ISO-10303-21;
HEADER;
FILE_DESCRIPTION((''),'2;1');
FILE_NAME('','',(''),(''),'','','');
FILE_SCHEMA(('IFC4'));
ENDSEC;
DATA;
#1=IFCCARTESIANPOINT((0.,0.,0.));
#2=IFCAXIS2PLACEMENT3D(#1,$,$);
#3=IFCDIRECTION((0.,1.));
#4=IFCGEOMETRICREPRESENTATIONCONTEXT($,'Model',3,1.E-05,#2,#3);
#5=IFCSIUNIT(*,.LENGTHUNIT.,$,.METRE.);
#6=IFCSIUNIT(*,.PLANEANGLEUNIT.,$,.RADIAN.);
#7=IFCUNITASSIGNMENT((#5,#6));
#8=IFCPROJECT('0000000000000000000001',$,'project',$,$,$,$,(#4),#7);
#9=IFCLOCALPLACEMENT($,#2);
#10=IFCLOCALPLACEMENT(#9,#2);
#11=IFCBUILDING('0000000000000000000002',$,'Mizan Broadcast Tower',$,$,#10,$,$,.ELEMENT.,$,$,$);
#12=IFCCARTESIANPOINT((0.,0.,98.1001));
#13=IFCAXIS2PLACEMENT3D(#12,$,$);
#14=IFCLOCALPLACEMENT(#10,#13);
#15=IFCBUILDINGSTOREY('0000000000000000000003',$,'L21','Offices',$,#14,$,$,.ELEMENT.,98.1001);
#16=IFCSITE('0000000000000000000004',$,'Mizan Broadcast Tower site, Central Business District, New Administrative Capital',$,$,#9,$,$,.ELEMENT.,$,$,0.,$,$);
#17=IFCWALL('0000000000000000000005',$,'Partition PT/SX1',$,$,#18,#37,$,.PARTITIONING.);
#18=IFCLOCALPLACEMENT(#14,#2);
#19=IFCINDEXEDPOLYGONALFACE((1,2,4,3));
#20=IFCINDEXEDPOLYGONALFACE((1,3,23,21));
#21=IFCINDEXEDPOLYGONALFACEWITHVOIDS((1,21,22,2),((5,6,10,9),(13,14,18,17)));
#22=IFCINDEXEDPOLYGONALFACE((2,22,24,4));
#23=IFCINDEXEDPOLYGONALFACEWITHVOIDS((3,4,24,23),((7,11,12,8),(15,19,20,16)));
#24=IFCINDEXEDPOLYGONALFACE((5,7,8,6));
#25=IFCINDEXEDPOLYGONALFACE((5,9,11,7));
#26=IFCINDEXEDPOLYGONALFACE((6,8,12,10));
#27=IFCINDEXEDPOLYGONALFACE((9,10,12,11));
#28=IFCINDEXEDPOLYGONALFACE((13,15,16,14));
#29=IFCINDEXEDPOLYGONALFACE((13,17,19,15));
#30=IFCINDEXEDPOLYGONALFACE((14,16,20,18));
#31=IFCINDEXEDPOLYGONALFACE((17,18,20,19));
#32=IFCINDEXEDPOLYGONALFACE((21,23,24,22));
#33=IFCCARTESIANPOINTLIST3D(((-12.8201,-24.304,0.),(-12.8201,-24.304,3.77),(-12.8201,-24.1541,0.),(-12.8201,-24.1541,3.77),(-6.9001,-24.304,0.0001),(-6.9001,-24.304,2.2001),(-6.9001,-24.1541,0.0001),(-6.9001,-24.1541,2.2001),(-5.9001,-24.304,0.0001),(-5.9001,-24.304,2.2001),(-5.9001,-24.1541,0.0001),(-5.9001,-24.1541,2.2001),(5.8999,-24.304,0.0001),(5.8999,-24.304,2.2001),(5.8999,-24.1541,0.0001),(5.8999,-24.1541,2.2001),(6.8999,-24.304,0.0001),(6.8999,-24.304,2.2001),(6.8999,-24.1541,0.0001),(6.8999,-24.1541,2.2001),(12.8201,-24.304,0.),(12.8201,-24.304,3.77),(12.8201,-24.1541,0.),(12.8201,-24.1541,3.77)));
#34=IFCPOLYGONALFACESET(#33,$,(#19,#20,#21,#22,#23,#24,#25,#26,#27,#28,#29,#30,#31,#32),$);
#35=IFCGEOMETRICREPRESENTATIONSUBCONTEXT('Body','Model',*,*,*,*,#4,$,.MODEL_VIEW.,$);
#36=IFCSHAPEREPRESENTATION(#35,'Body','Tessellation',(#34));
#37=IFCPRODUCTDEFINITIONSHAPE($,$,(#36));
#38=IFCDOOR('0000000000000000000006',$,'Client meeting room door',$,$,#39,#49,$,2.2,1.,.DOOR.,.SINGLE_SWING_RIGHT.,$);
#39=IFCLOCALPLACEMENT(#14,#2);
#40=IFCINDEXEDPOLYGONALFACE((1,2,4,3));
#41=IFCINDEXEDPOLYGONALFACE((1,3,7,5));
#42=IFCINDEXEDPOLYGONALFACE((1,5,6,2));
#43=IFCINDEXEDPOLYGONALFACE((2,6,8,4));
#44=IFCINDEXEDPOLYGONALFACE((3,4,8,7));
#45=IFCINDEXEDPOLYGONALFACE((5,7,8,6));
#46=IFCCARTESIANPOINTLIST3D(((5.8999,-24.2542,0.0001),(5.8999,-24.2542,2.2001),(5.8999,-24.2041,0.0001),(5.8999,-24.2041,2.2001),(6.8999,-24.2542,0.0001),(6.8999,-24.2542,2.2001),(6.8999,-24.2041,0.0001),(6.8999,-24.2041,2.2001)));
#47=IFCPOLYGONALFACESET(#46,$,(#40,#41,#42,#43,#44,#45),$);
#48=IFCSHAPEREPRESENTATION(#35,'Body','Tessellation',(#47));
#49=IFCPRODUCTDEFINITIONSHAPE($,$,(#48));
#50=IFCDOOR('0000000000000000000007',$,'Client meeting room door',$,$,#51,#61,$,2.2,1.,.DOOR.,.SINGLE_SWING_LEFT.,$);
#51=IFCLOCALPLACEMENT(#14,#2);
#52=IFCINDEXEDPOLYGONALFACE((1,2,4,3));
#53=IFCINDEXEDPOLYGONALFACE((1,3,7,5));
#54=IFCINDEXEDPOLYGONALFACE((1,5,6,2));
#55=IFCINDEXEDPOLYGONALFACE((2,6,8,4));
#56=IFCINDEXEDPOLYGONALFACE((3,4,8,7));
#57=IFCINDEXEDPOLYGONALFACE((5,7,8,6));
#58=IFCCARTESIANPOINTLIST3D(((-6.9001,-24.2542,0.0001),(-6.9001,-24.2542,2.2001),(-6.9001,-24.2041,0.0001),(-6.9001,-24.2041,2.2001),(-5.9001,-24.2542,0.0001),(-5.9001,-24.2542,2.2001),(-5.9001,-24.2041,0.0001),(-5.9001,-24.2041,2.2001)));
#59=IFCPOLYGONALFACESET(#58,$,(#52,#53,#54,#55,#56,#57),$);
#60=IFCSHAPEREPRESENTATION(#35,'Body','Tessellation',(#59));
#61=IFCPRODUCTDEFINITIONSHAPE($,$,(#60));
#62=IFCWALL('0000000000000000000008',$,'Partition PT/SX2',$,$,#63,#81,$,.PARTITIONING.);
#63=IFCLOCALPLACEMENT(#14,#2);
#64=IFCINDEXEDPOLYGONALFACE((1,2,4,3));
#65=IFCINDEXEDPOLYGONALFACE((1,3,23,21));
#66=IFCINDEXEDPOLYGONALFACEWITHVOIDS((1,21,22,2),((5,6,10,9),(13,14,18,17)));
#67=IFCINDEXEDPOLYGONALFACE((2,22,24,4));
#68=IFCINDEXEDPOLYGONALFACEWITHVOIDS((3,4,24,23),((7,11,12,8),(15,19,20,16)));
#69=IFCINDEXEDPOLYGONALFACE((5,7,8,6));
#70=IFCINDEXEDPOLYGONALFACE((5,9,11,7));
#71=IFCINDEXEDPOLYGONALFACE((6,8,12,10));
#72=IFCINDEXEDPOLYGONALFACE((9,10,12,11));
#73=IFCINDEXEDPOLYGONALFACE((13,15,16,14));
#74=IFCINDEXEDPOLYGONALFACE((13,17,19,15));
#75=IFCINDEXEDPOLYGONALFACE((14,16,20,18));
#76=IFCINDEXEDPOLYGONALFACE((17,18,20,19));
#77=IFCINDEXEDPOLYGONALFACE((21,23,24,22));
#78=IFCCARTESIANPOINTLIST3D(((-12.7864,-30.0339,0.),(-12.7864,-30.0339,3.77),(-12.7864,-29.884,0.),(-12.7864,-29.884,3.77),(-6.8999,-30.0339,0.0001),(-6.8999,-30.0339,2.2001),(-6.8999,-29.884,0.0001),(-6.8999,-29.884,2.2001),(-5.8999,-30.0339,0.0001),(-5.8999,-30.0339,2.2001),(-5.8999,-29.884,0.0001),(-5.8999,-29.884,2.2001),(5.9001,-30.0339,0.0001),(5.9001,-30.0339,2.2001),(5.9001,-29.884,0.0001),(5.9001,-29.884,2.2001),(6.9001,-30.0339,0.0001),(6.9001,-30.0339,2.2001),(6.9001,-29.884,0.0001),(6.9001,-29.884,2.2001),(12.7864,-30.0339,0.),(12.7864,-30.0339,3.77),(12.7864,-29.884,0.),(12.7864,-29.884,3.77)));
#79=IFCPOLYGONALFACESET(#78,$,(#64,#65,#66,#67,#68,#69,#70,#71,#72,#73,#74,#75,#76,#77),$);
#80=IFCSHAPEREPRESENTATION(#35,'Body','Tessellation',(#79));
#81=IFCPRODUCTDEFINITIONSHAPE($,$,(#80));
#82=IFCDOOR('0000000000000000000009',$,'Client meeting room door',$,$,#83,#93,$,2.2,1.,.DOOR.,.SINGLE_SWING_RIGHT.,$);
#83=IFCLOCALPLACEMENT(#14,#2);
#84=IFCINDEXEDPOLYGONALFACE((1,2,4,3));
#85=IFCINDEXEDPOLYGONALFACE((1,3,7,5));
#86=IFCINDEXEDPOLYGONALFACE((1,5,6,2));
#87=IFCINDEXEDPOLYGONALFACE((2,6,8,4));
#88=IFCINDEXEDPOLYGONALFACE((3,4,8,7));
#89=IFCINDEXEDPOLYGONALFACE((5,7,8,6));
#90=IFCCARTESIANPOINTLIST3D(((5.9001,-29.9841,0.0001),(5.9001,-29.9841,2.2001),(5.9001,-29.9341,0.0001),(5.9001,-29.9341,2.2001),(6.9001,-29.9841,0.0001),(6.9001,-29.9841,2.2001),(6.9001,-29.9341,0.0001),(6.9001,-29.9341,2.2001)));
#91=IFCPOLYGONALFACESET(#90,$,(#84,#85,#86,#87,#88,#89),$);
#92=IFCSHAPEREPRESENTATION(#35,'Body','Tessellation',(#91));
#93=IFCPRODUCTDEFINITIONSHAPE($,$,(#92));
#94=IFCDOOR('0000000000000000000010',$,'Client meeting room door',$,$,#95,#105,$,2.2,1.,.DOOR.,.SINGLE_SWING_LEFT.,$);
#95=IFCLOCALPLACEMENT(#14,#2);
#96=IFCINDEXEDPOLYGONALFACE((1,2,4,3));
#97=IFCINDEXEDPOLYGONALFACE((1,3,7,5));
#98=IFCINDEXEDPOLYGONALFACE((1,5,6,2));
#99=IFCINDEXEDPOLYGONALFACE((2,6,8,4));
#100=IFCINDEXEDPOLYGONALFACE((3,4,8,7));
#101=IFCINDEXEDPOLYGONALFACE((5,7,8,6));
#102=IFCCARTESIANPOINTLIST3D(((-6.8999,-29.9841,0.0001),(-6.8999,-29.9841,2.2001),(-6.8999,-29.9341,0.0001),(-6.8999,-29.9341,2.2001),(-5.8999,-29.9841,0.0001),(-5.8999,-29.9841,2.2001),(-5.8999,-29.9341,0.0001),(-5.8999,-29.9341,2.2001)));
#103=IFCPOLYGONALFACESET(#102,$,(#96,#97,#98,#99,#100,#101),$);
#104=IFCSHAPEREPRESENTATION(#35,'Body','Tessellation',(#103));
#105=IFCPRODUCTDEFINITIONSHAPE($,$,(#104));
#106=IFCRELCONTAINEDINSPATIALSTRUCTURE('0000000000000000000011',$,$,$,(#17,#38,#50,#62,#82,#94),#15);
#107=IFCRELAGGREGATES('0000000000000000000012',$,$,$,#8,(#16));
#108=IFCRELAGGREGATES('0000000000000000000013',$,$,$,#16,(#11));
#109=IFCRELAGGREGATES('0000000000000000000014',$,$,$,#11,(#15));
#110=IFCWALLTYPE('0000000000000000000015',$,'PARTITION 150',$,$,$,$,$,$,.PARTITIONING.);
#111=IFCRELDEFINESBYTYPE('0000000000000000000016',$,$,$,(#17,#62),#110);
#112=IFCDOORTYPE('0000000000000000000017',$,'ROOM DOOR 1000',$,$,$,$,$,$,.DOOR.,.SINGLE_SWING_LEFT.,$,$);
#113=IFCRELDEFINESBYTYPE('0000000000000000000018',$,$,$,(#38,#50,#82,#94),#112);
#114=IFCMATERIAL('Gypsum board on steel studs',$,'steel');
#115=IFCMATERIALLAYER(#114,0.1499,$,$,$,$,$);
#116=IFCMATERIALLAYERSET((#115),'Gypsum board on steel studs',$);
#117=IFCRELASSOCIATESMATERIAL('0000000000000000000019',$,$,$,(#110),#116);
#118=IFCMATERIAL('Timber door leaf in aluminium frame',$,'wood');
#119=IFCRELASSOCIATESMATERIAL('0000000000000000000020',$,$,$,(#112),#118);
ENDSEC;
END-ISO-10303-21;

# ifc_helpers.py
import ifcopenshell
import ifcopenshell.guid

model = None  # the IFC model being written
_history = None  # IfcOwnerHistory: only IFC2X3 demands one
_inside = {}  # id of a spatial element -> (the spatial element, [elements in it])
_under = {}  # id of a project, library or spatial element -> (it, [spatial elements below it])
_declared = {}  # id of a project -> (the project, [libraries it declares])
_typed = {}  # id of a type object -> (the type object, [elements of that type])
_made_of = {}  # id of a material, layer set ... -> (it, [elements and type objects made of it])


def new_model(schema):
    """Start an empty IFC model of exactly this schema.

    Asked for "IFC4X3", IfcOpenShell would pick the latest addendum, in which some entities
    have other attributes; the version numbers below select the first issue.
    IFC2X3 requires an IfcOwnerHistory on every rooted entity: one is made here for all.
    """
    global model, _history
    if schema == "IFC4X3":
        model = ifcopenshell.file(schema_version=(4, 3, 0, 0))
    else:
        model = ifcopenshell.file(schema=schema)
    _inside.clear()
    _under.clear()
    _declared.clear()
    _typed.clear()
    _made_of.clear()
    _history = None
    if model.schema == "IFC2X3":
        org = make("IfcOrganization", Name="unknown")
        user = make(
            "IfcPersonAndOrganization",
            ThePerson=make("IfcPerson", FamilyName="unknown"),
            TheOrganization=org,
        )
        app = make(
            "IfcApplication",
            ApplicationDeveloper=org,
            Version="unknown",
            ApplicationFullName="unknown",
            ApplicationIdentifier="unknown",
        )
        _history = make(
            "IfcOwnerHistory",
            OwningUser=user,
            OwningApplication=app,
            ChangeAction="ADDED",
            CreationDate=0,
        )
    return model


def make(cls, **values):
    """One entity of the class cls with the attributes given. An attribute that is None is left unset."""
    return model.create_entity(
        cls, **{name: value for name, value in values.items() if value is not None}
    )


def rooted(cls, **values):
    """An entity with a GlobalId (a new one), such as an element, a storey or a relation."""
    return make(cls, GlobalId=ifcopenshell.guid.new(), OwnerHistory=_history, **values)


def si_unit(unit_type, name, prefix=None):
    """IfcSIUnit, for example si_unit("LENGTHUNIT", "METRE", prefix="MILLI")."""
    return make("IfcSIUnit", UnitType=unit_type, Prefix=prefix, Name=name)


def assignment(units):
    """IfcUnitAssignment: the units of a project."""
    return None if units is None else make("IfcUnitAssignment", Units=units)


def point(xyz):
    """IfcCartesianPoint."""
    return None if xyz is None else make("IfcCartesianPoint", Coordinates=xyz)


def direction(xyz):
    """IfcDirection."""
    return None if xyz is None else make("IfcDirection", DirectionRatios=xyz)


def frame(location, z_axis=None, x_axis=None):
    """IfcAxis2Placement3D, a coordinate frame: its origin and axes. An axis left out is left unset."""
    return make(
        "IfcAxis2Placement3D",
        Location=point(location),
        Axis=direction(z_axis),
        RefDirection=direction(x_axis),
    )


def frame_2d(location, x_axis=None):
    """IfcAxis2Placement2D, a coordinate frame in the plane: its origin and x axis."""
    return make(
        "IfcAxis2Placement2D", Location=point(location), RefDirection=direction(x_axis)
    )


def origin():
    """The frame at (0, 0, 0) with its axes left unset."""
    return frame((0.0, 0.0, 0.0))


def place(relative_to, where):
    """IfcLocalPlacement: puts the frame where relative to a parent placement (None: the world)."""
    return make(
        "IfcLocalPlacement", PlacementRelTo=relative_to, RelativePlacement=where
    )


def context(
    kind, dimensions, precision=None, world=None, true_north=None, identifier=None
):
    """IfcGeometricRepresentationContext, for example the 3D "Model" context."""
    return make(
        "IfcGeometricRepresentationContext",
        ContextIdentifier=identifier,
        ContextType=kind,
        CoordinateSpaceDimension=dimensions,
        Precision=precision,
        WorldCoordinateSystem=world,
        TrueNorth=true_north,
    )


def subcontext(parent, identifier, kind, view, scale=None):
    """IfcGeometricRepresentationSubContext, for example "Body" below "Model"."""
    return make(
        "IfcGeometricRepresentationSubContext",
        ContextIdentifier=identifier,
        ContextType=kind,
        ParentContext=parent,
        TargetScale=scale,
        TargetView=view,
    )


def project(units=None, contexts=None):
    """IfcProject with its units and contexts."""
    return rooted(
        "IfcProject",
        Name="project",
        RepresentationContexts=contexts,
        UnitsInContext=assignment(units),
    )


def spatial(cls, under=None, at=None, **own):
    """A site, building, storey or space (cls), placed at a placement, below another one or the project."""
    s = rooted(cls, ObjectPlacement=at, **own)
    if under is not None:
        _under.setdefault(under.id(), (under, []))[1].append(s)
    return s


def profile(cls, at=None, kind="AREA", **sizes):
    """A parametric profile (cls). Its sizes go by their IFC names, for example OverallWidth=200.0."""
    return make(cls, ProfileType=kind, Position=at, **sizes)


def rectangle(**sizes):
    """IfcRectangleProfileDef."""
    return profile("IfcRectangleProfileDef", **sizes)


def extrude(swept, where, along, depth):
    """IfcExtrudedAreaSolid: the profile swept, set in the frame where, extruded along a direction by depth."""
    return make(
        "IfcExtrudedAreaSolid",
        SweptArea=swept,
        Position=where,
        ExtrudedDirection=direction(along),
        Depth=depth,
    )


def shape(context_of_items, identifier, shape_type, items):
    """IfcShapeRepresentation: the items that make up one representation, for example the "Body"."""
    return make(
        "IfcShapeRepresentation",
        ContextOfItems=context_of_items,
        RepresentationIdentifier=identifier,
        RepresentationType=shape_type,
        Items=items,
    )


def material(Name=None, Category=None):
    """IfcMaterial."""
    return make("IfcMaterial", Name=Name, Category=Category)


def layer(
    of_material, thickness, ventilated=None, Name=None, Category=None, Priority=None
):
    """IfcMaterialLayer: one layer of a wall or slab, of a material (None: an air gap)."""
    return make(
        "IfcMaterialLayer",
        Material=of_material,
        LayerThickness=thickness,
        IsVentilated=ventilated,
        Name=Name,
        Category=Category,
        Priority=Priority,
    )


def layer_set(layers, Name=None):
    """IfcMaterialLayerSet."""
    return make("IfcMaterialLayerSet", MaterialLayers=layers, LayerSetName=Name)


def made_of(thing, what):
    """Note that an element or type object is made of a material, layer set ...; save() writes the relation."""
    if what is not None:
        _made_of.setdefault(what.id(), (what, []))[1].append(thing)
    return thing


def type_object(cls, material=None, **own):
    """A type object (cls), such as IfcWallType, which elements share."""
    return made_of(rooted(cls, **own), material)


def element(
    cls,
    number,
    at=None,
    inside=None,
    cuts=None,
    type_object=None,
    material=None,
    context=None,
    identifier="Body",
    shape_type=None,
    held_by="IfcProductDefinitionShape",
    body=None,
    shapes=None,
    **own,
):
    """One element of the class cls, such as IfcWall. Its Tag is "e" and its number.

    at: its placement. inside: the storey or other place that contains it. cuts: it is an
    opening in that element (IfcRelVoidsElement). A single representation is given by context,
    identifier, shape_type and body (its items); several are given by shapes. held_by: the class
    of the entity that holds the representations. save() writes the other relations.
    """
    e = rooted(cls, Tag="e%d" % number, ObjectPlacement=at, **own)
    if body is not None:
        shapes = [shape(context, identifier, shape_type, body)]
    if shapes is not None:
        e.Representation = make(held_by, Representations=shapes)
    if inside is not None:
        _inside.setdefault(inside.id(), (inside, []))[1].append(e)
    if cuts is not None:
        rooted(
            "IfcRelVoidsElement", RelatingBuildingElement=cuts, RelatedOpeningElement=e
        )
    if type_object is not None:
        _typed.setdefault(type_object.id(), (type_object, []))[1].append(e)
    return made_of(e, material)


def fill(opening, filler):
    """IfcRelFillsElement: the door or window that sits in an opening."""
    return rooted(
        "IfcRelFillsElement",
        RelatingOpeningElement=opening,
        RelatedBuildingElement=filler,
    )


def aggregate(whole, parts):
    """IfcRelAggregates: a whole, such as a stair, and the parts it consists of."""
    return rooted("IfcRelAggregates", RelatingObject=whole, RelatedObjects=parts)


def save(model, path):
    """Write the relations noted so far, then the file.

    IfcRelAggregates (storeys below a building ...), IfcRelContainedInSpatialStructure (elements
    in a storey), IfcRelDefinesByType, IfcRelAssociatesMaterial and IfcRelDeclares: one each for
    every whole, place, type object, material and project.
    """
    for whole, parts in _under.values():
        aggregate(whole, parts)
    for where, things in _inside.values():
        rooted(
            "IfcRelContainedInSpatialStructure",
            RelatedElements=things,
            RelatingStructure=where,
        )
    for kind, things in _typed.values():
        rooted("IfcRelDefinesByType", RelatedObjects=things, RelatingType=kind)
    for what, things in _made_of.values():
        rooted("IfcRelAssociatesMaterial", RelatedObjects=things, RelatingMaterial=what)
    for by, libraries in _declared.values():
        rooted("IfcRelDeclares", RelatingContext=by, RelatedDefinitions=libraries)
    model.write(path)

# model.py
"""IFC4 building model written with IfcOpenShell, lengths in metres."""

from ifc_helpers import new_model, si_unit, direction, frame, frame_2d, origin, place, context, subcontext, project, spatial, rectangle, extrude, material, layer, layer_set, type_object, element, fill, save


model = new_model("IFC4")

# Units and contexts
model_context = context("Model", 3, precision=1e-05, world=origin(), true_north=direction((0.0, 1.0)))
body_context = subcontext(model_context, "Body", "Model", "MODEL_VIEW")
ifc_project = project(units=[si_unit("LENGTHUNIT", "METRE"), si_unit("PLANEANGLEUNIT", "RADIAN")], contexts=[model_context])

# Site, building, storey
site_placement = place(None, origin())
site = spatial("IfcSite", under=ifc_project, at=site_placement, Name="Mizan Broadcast Tower site, Central Business District, New Administrative Capital", CompositionType="ELEMENT", RefElevation=0.0)
building_placement = place(site_placement, origin())
building = spatial("IfcBuilding", under=site, at=building_placement, Name="Mizan Broadcast Tower", CompositionType="ELEMENT")
storey_placement = place(building_placement, frame((0.0, 0.0, 98.1001)))
storey = spatial("IfcBuildingStorey", under=building, at=storey_placement, Name="L21", Description="Offices", CompositionType="ELEMENT", Elevation=98.1001)

# Walls, openings, doors
ifc_material_1 = material(Name="Gypsum board on steel studs", Category="steel")
ifc_layer_1 = layer(ifc_material_1, 0.1499)
ifc_layer_set_1 = layer_set([ifc_layer_1], Name="Gypsum board on steel studs")
wall_type = type_object("IfcWallType", Name="PARTITION 150", PredefinedType="PARTITIONING", material=ifc_layer_set_1)
wall_1_placement = place(storey_placement, frame((-12.8201, -24.229, 0.0), z_axis=(0.0, 0.0, 1.0), x_axis=(1.0, 0.0, 0.0)))
wall_1 = element("IfcWall", 1, at=wall_1_placement, inside=storey, type_object=wall_type, Name="Partition PT/SX1", PredefinedType="PARTITIONING", context=body_context, shape_type="SweptSolid", body=[
    extrude(rectangle(XDim=25.6401, YDim=0.1499, at=frame_2d((12.8201, 0.0))), origin(), (0.0, 0.0, 1.0), 3.77),
])
opening_1_placement = place(wall_1_placement, frame((18.72, 0.0, 0.0)))
opening_1 = element("IfcOpeningElement", 2, at=opening_1_placement, cuts=wall_1, PredefinedType="OPENING", context=body_context, shape_type="SweptSolid", body=[
    extrude(rectangle(XDim=1.0, YDim=2.2, at=frame_2d((0.5, 1.1001))), frame((0.0, 0.085, 0.0), z_axis=(0.0, -1.0, 0.0), x_axis=(1.0, 0.0, 0.0)), (0.0, 0.0, 1.0), 0.1699),
])
opening_2_placement = place(wall_1_placement, frame((5.9199, 0.0, 0.0)))
opening_2 = element("IfcOpeningElement", 3, at=opening_2_placement, cuts=wall_1, PredefinedType="OPENING", context=body_context, shape_type="SweptSolid", body=[
    extrude(rectangle(XDim=1.0, YDim=2.2, at=frame_2d((0.5, 1.1001))), frame((0.0, 0.085, 0.0), z_axis=(0.0, -1.0, 0.0), x_axis=(1.0, 0.0, 0.0)), (0.0, 0.0, 1.0), 0.1699),
])
ifc_material_2 = material(Name="Timber door leaf in aluminium frame", Category="wood")
door_type = type_object("IfcDoorType", Name="ROOM DOOR 1000", OperationType="SINGLE_SWING_LEFT", PredefinedType="DOOR", material=ifc_material_2)
door_1_placement = place(opening_1_placement, origin())
door_1 = element("IfcDoor", 4, at=door_1_placement, inside=storey, type_object=door_type, Name="Client meeting room door", OperationType="SINGLE_SWING_RIGHT", OverallHeight=2.2, OverallWidth=1.0, PredefinedType="DOOR", context=body_context, shape_type="SweptSolid", body=[
    extrude(rectangle(XDim=1.0, YDim=2.2, at=frame_2d((0.5, 1.1001))), frame((0.0, 0.0249, 0.0), z_axis=(0.0, -1.0, 0.0), x_axis=(1.0, 0.0, 0.0)), (0.0, 0.0, 1.0), 0.05),
])
fill(opening_1, door_1)
door_2_placement = place(opening_2_placement, origin())
door_2 = element("IfcDoor", 5, at=door_2_placement, inside=storey, type_object=door_type, Name="Client meeting room door", OperationType="SINGLE_SWING_LEFT", OverallHeight=2.2, OverallWidth=1.0, PredefinedType="DOOR", context=body_context, shape_type="SweptSolid", body=[
    extrude(rectangle(XDim=1.0, YDim=2.2, at=frame_2d((0.5, 1.1001))), frame((0.0, 0.0249, 0.0), z_axis=(0.0, -1.0, 0.0), x_axis=(1.0, 0.0, 0.0)), (0.0, 0.0, 1.0), 0.05),
])
fill(opening_2, door_2)
wall_2_placement = place(storey_placement, frame((-12.7864, -29.959, 0.0), z_axis=(0.0, 0.0, 1.0), x_axis=(1.0, 0.0, 0.0)))
wall_2 = element("IfcWall", 6, at=wall_2_placement, inside=storey, type_object=wall_type, Name="Partition PT/SX2", PredefinedType="PARTITIONING", context=body_context, shape_type="SweptSolid", body=[
    extrude(rectangle(XDim=25.5728, YDim=0.1499, at=frame_2d((12.7864, 0.0))), origin(), (0.0, 0.0, 1.0), 3.77),
])
opening_3_placement = place(wall_2_placement, frame((18.6865, 0.0, 0.0)))
opening_3 = element("IfcOpeningElement", 7, at=opening_3_placement, cuts=wall_2, PredefinedType="OPENING", context=body_context, shape_type="SweptSolid", body=[
    extrude(rectangle(XDim=1.0, YDim=2.2, at=frame_2d((0.5, 1.1001))), frame((0.0, 0.085, 0.0), z_axis=(0.0, -1.0, 0.0), x_axis=(1.0, 0.0, 0.0)), (0.0, 0.0, 1.0), 0.1699),
])
opening_4_placement = place(wall_2_placement, frame((5.8865, 0.0, 0.0)))
opening_4 = element("IfcOpeningElement", 8, at=opening_4_placement, cuts=wall_2, PredefinedType="OPENING", context=body_context, shape_type="SweptSolid", body=[
    extrude(rectangle(XDim=1.0, YDim=2.2, at=frame_2d((0.5, 1.1001))), frame((0.0, 0.085, 0.0), z_axis=(0.0, -1.0, 0.0), x_axis=(1.0, 0.0, 0.0)), (0.0, 0.0, 1.0), 0.1699),
])
door_3_placement = place(opening_3_placement, origin())
door_3 = element("IfcDoor", 9, at=door_3_placement, inside=storey, type_object=door_type, Name="Client meeting room door", OperationType="SINGLE_SWING_RIGHT", OverallHeight=2.2, OverallWidth=1.0, PredefinedType="DOOR", context=body_context, shape_type="SweptSolid", body=[
    extrude(rectangle(XDim=1.0, YDim=2.2, at=frame_2d((0.5, 1.1001))), frame((0.0, 0.0249, 0.0), z_axis=(0.0, -1.0, 0.0), x_axis=(1.0, 0.0, 0.0)), (0.0, 0.0, 1.0), 0.05),
])
fill(opening_3, door_3)
door_4_placement = place(opening_4_placement, origin())
door_4 = element("IfcDoor", 10, at=door_4_placement, inside=storey, type_object=door_type, Name="Client meeting room door", OperationType="SINGLE_SWING_LEFT", OverallHeight=2.2, OverallWidth=1.0, PredefinedType="DOOR", context=body_context, shape_type="SweptSolid", body=[
    extrude(rectangle(XDim=1.0, YDim=2.2, at=frame_2d((0.5, 1.1001))), frame((0.0, 0.0249, 0.0), z_axis=(0.0, -1.0, 0.0), x_axis=(1.0, 0.0, 0.0)), (0.0, 0.0, 1.0), 0.05),
])
fill(opening_4, door_4)

save(model, "model.ifc")
